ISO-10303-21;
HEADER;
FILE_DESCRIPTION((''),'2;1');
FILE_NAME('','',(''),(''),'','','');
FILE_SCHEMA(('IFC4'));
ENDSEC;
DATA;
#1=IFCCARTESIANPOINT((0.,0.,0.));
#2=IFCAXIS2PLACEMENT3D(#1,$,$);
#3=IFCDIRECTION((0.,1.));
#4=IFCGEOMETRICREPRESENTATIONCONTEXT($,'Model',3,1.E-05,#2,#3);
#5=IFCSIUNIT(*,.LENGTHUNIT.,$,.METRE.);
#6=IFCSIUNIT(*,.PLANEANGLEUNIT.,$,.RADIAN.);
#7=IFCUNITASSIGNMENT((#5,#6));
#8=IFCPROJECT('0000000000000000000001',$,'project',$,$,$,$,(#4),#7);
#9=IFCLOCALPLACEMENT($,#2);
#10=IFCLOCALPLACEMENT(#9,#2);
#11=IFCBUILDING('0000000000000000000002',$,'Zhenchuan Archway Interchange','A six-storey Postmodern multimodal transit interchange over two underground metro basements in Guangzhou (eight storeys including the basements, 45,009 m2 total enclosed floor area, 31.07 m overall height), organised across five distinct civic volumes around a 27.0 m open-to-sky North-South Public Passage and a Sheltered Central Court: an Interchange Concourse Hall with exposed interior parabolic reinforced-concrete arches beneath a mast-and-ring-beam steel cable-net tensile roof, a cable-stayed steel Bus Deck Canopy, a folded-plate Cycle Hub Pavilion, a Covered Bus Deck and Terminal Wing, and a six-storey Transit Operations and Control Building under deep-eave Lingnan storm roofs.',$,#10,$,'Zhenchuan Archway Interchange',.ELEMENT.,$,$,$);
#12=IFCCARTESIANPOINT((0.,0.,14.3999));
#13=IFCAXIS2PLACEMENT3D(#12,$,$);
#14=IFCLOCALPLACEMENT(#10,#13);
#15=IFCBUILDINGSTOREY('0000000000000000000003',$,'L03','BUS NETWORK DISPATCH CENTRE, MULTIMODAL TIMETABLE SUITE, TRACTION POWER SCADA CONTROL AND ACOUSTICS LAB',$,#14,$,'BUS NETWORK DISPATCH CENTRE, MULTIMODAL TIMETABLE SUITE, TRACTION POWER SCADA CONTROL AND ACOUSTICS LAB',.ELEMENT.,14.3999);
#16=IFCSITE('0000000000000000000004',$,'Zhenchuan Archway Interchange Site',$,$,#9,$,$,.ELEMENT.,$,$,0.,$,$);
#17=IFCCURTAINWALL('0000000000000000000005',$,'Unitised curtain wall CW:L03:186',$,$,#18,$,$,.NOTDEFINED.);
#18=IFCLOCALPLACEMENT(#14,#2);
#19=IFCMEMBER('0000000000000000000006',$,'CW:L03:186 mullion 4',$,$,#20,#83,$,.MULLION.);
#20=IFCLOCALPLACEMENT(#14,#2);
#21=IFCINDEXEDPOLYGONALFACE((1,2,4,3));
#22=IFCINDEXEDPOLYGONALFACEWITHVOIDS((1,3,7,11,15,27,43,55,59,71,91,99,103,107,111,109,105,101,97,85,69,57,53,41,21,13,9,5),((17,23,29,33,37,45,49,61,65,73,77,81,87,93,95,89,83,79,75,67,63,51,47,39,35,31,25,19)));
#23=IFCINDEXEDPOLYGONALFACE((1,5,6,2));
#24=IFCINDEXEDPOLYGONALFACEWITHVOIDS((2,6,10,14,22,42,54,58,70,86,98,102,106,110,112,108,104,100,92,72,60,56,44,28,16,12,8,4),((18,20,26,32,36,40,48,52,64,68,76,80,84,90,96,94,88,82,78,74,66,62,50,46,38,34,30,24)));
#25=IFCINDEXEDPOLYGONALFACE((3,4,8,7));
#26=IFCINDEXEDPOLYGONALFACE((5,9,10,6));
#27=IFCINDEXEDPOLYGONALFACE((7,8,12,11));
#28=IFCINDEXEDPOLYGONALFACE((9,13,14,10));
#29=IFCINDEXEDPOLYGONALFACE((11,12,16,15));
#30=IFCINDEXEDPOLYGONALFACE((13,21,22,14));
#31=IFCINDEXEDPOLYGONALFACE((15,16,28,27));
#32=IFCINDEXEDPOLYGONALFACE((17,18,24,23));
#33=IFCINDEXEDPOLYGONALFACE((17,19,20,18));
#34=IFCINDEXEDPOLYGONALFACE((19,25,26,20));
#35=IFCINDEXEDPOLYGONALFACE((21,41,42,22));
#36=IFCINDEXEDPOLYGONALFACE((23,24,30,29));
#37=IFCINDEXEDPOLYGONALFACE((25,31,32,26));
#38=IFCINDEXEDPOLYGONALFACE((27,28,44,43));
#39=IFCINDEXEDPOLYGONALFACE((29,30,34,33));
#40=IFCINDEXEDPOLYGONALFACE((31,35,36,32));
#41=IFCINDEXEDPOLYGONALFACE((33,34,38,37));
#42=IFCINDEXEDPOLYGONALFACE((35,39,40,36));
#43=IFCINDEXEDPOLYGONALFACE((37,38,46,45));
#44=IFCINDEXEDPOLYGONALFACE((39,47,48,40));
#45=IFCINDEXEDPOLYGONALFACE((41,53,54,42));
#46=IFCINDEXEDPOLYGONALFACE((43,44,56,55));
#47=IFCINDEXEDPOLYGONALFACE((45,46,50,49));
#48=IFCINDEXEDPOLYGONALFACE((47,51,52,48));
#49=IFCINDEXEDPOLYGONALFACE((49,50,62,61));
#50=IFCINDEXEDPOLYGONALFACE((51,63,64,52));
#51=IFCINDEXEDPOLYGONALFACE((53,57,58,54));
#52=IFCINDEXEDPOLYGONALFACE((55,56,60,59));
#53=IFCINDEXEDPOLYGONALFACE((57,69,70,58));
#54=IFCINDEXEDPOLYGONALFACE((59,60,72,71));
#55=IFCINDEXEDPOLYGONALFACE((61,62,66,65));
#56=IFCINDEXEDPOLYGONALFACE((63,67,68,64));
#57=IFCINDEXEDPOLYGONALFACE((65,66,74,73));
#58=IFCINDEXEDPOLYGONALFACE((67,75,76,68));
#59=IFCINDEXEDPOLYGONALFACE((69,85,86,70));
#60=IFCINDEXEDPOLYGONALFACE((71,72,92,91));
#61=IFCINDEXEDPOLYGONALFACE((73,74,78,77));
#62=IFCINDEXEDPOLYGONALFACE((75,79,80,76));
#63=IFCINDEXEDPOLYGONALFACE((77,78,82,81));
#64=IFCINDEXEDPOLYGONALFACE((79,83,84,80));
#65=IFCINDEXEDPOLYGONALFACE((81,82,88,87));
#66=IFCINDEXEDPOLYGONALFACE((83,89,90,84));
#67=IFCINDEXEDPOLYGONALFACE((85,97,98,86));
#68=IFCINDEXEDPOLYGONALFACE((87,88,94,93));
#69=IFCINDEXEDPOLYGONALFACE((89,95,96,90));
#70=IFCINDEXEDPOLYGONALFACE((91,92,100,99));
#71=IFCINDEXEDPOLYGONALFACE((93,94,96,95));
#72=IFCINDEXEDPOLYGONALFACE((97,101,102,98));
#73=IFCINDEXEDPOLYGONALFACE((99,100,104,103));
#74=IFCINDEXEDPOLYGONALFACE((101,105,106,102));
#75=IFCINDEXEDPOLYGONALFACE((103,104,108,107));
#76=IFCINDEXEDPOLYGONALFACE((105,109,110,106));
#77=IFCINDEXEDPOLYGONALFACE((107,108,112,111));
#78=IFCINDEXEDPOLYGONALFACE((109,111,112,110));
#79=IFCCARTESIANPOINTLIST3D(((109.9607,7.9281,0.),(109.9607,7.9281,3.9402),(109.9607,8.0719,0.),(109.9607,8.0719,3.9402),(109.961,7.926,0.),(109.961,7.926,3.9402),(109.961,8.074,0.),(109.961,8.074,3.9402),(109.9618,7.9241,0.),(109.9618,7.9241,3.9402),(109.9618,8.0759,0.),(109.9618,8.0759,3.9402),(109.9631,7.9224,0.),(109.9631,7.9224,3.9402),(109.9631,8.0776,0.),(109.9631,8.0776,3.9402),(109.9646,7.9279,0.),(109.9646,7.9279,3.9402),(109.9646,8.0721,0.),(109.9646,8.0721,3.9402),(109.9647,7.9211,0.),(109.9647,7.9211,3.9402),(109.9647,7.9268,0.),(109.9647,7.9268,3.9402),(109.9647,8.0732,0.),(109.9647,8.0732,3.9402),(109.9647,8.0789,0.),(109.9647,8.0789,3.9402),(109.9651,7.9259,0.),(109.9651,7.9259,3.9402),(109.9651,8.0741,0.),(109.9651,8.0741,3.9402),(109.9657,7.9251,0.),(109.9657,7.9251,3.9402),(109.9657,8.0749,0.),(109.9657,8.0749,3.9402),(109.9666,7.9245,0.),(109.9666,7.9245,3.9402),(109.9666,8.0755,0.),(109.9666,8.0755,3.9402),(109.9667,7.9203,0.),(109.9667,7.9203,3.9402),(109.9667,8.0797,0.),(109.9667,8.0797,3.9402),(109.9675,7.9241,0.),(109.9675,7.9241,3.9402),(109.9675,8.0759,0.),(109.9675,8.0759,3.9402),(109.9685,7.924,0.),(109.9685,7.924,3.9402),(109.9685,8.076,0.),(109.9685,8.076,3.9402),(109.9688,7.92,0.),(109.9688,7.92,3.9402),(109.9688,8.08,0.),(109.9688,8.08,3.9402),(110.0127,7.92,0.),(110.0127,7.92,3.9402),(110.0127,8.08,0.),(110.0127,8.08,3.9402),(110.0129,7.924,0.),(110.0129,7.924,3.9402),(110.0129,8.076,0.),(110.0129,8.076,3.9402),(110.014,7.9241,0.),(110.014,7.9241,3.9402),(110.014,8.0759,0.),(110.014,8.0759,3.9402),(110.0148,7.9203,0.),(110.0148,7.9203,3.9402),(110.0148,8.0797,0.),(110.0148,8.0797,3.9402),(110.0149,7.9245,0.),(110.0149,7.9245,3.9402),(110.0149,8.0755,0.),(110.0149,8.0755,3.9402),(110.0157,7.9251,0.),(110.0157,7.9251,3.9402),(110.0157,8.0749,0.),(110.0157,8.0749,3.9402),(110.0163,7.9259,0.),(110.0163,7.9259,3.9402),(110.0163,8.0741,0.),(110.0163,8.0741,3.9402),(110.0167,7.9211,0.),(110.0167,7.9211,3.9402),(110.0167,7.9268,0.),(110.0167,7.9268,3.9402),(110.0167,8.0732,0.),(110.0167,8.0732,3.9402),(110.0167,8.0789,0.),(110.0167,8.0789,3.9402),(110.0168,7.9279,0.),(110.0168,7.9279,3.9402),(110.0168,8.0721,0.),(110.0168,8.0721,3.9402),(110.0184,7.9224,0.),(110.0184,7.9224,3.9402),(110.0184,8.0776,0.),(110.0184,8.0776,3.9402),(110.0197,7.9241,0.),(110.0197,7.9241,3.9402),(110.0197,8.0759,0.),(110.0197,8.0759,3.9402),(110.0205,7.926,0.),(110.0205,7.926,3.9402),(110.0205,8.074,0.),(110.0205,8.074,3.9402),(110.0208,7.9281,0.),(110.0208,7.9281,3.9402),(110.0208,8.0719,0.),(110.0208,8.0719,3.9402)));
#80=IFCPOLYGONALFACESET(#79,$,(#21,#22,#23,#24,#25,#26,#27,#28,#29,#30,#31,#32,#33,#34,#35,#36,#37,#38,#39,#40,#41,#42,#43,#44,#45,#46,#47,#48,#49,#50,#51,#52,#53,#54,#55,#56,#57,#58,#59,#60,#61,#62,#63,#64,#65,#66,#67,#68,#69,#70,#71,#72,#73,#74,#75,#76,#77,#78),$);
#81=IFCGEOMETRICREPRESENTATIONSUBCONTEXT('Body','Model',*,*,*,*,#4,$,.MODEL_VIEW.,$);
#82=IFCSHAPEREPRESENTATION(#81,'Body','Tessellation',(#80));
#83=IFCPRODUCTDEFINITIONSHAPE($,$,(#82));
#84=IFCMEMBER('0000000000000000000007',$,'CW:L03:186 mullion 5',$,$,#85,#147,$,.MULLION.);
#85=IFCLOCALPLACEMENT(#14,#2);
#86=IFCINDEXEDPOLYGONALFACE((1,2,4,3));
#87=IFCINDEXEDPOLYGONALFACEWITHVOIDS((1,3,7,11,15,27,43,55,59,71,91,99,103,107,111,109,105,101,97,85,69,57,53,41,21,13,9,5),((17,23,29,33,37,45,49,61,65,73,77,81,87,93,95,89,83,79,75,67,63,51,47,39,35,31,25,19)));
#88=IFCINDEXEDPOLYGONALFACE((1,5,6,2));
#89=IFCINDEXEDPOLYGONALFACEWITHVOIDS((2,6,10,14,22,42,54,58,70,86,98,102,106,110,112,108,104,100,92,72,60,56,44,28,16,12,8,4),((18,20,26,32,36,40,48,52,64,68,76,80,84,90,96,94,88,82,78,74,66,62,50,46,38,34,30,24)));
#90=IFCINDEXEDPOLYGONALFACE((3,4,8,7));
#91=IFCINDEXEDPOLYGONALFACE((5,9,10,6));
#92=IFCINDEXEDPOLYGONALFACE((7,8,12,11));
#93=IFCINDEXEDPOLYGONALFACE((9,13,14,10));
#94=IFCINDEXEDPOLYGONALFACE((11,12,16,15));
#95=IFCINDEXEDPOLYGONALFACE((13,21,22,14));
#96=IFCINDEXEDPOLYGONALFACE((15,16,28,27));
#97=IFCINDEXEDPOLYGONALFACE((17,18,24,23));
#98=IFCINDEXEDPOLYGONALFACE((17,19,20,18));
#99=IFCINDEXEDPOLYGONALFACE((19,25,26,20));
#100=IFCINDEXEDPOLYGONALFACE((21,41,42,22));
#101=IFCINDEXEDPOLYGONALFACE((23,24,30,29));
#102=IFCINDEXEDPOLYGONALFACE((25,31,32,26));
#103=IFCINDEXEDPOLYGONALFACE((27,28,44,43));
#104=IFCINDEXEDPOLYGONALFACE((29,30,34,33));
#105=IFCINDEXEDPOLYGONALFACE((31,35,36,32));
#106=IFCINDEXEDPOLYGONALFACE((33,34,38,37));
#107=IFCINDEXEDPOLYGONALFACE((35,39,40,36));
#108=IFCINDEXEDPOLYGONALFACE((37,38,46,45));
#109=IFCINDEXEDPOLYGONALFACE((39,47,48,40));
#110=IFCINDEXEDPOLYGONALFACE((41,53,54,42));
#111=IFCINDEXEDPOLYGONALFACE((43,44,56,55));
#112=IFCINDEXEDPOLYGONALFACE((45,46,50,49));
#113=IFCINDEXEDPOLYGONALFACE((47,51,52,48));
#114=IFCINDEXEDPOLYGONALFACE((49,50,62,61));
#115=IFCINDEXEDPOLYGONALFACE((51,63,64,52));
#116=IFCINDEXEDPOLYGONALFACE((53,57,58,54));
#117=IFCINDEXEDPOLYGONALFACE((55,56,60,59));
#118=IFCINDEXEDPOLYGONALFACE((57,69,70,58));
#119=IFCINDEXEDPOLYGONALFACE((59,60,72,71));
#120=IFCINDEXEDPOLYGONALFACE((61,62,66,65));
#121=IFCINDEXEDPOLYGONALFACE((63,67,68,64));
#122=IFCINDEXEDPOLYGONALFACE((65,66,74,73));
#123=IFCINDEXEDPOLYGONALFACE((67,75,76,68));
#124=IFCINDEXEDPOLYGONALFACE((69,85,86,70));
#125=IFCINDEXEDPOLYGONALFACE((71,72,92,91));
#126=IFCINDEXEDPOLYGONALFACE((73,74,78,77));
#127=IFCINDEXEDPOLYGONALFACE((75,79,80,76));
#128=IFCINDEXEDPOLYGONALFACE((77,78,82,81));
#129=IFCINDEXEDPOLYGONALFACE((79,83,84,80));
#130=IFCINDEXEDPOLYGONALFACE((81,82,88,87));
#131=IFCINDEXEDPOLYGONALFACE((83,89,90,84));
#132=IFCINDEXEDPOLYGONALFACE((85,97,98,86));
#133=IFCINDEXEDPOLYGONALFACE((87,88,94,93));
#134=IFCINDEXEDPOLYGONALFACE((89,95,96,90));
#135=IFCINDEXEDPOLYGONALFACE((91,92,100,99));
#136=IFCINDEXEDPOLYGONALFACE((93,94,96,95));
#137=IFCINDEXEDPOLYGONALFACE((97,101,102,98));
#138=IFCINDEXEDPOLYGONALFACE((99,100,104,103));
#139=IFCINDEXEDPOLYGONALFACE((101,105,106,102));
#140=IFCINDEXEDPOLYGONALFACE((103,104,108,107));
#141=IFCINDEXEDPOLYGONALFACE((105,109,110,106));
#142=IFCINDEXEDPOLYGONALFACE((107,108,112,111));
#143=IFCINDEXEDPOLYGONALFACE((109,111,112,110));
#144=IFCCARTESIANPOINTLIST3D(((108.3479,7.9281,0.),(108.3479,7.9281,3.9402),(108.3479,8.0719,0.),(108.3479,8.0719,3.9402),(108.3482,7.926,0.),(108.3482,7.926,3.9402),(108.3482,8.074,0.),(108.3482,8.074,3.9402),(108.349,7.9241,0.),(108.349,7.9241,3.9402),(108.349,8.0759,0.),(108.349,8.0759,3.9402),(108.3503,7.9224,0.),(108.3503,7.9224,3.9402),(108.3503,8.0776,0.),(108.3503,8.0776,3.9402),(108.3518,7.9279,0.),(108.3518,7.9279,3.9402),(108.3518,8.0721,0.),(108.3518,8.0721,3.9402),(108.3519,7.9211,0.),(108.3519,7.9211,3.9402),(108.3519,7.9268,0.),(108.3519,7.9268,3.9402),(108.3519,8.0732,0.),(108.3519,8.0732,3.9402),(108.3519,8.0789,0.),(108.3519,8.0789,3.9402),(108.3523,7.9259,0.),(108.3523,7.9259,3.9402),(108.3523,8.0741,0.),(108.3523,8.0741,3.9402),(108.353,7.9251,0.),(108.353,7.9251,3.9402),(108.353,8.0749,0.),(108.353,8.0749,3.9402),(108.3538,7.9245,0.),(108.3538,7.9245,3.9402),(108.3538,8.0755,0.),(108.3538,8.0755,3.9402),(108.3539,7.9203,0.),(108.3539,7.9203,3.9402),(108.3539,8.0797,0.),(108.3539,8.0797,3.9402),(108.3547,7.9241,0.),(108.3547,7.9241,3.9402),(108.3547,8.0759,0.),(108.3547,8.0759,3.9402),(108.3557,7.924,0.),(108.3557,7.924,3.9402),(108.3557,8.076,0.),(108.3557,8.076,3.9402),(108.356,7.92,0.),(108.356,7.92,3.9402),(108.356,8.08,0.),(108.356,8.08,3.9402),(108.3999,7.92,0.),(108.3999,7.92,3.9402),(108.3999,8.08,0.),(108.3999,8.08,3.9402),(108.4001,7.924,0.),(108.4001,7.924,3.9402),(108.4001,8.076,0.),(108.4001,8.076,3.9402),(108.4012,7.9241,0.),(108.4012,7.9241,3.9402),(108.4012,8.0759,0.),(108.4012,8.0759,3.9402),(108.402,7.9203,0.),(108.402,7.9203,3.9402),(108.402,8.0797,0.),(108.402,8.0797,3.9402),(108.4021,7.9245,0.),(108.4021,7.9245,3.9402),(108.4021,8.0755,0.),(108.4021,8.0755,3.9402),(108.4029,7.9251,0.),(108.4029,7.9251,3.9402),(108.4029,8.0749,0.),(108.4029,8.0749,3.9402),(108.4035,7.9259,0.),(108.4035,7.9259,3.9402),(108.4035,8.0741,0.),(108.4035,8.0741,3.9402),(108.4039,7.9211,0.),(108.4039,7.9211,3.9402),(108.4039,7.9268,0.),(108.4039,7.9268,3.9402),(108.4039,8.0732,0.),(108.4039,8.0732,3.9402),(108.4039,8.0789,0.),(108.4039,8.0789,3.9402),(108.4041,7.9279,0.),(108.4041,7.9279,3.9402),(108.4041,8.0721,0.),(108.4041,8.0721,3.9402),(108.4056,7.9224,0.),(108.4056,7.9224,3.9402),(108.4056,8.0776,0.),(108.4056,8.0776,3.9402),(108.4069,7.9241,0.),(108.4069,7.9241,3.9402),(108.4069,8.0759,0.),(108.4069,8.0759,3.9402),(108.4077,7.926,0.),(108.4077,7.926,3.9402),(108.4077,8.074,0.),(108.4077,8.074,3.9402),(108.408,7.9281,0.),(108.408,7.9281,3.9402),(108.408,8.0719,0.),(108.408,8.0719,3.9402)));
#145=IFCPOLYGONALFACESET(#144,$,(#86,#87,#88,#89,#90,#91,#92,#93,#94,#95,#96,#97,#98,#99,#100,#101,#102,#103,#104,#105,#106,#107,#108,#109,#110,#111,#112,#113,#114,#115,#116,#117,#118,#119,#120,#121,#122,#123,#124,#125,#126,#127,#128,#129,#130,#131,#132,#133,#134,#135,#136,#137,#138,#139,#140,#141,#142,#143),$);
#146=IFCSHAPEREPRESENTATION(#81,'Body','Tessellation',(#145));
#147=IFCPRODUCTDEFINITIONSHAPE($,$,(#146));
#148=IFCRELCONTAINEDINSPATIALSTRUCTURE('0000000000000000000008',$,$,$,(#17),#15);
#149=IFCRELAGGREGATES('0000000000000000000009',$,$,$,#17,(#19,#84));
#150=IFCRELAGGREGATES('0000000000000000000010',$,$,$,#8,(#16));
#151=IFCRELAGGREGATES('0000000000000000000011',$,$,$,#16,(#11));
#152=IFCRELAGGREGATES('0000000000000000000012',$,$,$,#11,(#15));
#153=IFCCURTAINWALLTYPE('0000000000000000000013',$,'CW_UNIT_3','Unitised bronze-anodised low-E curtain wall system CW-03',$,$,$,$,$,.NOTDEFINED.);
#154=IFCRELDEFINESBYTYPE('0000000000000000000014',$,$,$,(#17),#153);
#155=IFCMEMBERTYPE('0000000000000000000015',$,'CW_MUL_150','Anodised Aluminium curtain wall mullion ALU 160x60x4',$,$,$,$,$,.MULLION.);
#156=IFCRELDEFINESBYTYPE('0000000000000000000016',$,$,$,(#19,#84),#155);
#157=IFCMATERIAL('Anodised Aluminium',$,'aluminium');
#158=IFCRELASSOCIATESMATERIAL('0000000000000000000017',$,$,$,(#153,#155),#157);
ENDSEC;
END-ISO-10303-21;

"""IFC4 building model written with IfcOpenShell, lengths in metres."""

from ifc_helpers import new_model, si_unit, direction, frame, origin, origin_2d, place, context, subcontext, project, spatial, hollow_rectangle, extrude, material, material_profile, profile_set, type_object, element, aggregate, save


model = new_model("IFC4")

# Units and contexts
model_context = context("Model", 3, precision=1e-05, world=origin(), true_north=direction((0.0, 1.0)))
body_context = subcontext(model_context, "Body", "Model", "MODEL_VIEW")
ifc_project = project(units=[si_unit("LENGTHUNIT", "METRE"), si_unit("PLANEANGLEUNIT", "RADIAN")], contexts=[model_context])

# Site, building, storey
site_placement = place(None, origin())
site = spatial("IfcSite", under=ifc_project, at=site_placement, Name="Zhenchuan Archway Interchange Site", CompositionType="ELEMENT", RefElevation=0.0)
building_placement = place(site_placement, origin())
building = spatial("IfcBuilding", under=site, at=building_placement, Name="Zhenchuan Archway Interchange", Description="A six-storey Postmodern multimodal transit interchange over two underground metro basements in Guangzhou (eight storeys including the basements, 45,009 m2 total enclosed floor area, 31.07 m overall height), organised across five distinct civic volumes around a 27.0 m open-to-sky North-South Public Passage and a Sheltered Central Court: an Interchange Concourse Hall with exposed interior parabolic reinforced-concrete arches beneath a mast-and-ring-beam steel cable-net tensile roof, a cable-stayed steel Bus Deck Canopy, a folded-plate Cycle Hub Pavilion, a Covered Bus Deck and Terminal Wing, and a six-storey Transit Operations and Control Building under deep-eave Lingnan storm roofs.", LongName="Zhenchuan Archway Interchange", CompositionType="ELEMENT")
storey_placement = place(building_placement, frame((0.0, 0.0, 14.3999)))
storey = spatial("IfcBuildingStorey", under=building, at=storey_placement, Name="L03", Description="BUS NETWORK DISPATCH CENTRE, MULTIMODAL TIMETABLE SUITE, TRACTION POWER SCADA CONTROL AND ACOUSTICS LAB", LongName="BUS NETWORK DISPATCH CENTRE, MULTIMODAL TIMETABLE SUITE, TRACTION POWER SCADA CONTROL AND ACOUSTICS LAB", CompositionType="ELEMENT", Elevation=14.3999)

# Curtain wall, members
ifc_material_1 = material(Name="Anodised Aluminium", Category="aluminium")
curtain_wall_type = type_object("IfcCurtainWallType", Name="CW_UNIT_3", Description="Unitised bronze-anodised low-E curtain wall system CW-03", PredefinedType="NOTDEFINED", material=ifc_material_1)
curtain_wall_placement = place(storey_placement, origin())
curtain_wall = element("IfcCurtainWall", 1, at=curtain_wall_placement, inside=storey, type_object=curtain_wall_type, Name="Unitised curtain wall CW:L03:186", PredefinedType="NOTDEFINED")
ifc_material_profile_1 = material_profile(ifc_material_1, hollow_rectangle(XDim=0.0601, YDim=0.1599, WallThickness=0.0039, InnerFilletRadius=0.0039, OuterFilletRadius=0.0081, at=origin_2d()), Name="ALU 160x60x4")
ifc_profile_set_1 = profile_set([ifc_material_profile_1], Name="Anodised Aluminium")
member_type_1 = type_object("IfcMemberType", Name="CW_MUL_150", Description="Anodised Aluminium curtain wall mullion ALU 160x60x4", PredefinedType="MULLION", material=ifc_profile_set_1)
member_1_placement = place(storey_placement, frame((109.9907, 8.0, 0.0), z_axis=(0.0, 0.0, 1.0), x_axis=(1.0, 0.0, 0.0)))
member_1 = element("IfcMember", 2, at=member_1_placement, type_object=member_type_1, Name="CW:L03:186 mullion 4", PredefinedType="MULLION", context=body_context, shape_type="SweptSolid", body=[
    extrude(hollow_rectangle(XDim=0.0601, YDim=0.1599, WallThickness=0.0039, InnerFilletRadius=0.0039, OuterFilletRadius=0.0081, at=origin_2d()), origin(), (0.0, 0.0, 1.0), 3.9402),
])
member_2_placement = place(storey_placement, frame((108.3779, 8.0, 0.0), z_axis=(0.0, 0.0, 1.0), x_axis=(1.0, 0.0, 0.0)))
member_2 = element("IfcMember", 3, at=member_2_placement, type_object=member_type_1, Name="CW:L03:186 mullion 5", PredefinedType="MULLION", context=body_context, shape_type="SweptSolid", body=[
    extrude(hollow_rectangle(XDim=0.0601, YDim=0.1599, WallThickness=0.0039, InnerFilletRadius=0.0039, OuterFilletRadius=0.0081, at=origin_2d()), origin(), (0.0, 0.0, 1.0), 3.9402),
])

aggregate(curtain_wall, [member_1, member_2])

save(model, "model.ifc")
